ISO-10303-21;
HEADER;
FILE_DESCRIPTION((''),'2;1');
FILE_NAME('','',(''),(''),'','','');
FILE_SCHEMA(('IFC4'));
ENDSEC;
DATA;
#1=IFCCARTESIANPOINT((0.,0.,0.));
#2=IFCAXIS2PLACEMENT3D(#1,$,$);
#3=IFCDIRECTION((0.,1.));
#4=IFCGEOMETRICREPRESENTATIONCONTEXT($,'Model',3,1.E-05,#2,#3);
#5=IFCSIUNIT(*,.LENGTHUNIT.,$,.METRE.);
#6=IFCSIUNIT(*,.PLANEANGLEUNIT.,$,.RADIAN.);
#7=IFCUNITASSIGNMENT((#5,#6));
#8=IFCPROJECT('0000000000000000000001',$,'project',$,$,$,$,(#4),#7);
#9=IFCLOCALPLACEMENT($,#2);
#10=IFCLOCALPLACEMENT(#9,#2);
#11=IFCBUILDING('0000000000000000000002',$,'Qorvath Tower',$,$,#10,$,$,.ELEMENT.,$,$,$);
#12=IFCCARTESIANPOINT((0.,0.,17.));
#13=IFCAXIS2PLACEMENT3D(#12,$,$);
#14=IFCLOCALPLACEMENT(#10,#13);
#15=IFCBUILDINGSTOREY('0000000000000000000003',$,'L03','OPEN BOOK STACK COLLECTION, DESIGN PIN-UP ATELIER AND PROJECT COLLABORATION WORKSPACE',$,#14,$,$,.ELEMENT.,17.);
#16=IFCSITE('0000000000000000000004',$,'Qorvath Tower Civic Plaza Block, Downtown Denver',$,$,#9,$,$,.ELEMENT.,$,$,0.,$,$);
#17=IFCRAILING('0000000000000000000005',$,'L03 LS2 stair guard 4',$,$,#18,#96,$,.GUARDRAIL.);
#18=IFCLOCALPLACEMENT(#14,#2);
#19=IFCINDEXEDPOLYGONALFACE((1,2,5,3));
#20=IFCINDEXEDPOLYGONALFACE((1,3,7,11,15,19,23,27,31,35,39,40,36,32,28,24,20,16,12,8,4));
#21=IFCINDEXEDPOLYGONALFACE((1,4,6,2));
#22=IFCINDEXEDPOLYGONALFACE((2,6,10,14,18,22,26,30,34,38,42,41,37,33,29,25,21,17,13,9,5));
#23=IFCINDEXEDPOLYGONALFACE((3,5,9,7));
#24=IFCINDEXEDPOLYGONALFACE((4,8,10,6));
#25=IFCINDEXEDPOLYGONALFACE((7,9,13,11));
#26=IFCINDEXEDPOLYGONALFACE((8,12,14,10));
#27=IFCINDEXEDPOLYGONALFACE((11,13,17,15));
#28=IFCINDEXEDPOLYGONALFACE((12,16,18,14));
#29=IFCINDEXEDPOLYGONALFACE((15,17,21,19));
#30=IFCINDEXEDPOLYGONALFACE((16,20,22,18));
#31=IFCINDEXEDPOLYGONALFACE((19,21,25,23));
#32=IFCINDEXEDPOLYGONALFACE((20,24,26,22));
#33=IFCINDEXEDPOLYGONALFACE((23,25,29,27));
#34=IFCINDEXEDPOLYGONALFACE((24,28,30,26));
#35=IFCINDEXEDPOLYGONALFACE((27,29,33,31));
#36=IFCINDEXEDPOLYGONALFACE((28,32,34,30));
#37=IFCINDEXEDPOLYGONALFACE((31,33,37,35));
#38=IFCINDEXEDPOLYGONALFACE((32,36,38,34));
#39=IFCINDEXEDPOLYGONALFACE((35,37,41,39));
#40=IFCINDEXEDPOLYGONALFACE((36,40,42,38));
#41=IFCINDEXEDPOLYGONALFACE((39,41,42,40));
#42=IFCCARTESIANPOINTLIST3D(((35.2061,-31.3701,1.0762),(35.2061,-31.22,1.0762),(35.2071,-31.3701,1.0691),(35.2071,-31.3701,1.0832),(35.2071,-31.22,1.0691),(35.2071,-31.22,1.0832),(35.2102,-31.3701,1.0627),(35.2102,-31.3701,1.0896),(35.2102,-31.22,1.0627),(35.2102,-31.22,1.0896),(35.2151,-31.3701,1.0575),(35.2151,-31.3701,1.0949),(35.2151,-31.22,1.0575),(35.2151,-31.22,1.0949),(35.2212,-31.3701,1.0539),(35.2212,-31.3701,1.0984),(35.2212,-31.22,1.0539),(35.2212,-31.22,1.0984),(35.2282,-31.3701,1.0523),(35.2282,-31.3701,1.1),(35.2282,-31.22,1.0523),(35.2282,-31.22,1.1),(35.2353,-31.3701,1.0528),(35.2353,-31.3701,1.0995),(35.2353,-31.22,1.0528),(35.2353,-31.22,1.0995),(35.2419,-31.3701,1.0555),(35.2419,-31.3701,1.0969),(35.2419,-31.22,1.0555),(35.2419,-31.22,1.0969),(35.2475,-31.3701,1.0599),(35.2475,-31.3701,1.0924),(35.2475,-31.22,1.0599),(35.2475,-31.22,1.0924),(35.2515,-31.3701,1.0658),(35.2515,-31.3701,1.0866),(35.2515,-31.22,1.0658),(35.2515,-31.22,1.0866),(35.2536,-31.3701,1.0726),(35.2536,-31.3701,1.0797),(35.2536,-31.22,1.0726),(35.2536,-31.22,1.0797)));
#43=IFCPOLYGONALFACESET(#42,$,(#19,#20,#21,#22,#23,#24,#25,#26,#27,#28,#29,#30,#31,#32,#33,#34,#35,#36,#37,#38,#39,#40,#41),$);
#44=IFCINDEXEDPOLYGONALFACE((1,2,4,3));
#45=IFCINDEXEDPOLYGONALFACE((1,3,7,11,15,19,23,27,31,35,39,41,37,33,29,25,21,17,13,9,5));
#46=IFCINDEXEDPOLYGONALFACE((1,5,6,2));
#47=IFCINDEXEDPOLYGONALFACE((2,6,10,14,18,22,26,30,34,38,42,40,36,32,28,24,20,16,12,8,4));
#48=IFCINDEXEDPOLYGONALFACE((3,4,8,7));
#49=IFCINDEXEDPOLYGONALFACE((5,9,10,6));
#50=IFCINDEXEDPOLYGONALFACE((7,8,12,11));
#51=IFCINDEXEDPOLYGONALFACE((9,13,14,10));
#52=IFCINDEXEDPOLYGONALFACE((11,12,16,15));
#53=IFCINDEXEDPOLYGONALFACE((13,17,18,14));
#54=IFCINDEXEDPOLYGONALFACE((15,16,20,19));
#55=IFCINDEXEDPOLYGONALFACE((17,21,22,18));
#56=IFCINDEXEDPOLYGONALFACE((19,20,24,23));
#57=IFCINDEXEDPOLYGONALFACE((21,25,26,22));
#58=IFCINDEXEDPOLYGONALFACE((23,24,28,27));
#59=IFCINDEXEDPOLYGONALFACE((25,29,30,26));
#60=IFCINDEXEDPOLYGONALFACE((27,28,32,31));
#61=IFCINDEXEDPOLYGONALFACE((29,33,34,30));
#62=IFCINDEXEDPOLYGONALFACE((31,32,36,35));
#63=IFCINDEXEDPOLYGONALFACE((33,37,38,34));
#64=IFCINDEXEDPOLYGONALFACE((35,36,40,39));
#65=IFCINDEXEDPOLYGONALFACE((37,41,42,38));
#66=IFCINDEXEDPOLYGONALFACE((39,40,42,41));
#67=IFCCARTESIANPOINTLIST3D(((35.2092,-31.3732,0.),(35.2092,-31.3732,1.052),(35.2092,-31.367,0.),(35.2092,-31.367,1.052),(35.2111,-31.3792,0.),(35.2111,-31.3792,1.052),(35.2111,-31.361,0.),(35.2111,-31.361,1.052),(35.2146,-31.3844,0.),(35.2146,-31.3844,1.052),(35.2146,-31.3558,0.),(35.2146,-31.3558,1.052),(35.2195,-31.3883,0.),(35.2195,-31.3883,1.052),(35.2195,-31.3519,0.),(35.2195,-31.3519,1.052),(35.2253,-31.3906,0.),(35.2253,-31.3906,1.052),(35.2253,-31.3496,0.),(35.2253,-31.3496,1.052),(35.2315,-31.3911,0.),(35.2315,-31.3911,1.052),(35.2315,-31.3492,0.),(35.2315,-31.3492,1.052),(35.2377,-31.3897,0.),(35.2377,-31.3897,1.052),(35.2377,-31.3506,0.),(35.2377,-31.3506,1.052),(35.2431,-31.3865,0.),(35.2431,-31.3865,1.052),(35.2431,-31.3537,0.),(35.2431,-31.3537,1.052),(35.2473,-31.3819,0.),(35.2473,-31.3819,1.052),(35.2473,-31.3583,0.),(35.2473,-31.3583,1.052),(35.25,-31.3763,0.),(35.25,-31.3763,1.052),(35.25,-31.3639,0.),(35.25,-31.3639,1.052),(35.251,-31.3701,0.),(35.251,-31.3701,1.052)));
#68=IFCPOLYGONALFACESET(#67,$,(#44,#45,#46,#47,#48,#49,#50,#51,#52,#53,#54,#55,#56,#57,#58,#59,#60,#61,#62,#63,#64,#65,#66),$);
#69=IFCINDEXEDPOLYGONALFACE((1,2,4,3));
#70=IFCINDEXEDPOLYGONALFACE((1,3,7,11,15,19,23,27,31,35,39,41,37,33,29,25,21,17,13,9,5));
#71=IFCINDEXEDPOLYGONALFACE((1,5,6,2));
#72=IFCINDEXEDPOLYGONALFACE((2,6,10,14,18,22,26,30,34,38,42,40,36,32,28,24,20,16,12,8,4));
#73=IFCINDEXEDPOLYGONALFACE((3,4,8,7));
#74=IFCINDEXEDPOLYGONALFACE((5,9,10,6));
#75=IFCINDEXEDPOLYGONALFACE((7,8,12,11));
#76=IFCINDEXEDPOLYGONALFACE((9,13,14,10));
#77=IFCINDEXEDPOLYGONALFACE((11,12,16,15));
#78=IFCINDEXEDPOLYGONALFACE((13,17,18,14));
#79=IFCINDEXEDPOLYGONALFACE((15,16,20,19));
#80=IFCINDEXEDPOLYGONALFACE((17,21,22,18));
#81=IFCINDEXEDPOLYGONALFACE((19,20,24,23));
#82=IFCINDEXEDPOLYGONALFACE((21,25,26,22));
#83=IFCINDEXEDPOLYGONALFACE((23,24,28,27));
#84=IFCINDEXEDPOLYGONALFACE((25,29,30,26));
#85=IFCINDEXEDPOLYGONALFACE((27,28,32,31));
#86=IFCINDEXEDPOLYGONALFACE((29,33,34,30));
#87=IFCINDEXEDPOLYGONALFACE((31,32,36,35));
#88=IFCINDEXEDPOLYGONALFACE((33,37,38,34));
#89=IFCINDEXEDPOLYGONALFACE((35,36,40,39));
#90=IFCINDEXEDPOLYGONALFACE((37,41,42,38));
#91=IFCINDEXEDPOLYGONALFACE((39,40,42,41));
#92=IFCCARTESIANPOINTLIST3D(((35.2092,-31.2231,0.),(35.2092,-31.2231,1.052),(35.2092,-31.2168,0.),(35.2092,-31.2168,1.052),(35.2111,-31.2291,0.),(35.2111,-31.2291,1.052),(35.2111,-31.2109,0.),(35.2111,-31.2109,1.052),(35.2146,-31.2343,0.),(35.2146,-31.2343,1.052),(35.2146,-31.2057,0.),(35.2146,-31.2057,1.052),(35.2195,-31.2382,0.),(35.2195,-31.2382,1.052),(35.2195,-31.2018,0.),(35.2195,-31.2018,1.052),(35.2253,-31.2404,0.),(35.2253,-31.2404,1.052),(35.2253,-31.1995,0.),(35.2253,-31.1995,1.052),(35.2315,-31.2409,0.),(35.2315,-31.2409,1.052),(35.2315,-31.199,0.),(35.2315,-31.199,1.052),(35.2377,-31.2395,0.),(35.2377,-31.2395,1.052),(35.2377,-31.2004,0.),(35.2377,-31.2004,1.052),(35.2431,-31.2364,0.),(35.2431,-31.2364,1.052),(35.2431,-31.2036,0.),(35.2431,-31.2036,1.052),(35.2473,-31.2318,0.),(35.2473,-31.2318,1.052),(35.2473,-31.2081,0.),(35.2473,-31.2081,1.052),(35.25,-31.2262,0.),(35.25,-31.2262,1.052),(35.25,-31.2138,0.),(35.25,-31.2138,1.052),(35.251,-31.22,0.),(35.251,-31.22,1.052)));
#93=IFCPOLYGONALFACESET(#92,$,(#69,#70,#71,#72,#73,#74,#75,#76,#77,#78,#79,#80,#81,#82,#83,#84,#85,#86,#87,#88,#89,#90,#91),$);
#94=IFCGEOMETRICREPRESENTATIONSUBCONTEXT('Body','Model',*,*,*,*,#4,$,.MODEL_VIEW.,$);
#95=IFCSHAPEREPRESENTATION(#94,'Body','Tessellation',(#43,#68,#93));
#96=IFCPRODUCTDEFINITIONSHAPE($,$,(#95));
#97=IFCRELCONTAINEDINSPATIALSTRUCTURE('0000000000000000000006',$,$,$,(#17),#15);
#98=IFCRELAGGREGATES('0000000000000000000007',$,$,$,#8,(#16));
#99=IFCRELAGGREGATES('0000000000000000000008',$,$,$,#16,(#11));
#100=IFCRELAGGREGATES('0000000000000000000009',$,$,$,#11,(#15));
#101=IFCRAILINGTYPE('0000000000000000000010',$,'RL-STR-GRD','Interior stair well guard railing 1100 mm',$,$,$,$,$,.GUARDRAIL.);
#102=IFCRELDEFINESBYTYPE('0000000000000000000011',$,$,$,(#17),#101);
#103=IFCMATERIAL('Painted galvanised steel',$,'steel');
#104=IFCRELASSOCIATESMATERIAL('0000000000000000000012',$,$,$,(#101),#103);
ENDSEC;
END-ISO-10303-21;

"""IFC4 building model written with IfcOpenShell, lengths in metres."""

from ifc_helpers import new_model, si_unit, direction, frame, origin, origin_2d, place, context, subcontext, project, spatial, circle, extrude, material, type_object, element, save


model = new_model("IFC4")

# Units and contexts
model_context = context("Model", 3, precision=1e-05, world=origin(), true_north=direction((0.0, 1.0)))
body_context = subcontext(model_context, "Body", "Model", "MODEL_VIEW")
ifc_project = project(units=[si_unit("LENGTHUNIT", "METRE"), si_unit("PLANEANGLEUNIT", "RADIAN")], contexts=[model_context])

# Site, building, storey
site_placement = place(None, origin())
site = spatial("IfcSite", under=ifc_project, at=site_placement, Name="Qorvath Tower Civic Plaza Block, Downtown Denver", CompositionType="ELEMENT", RefElevation=0.0)
building_placement = place(site_placement, origin())
building = spatial("IfcBuilding", under=site, at=building_placement, Name="Qorvath Tower", CompositionType="ELEMENT")
storey_placement = place(building_placement, frame((0.0, 0.0, 17.0)))
storey = spatial("IfcBuildingStorey", under=building, at=storey_placement, Name="L03", Description="OPEN BOOK STACK COLLECTION, DESIGN PIN-UP ATELIER AND PROJECT COLLABORATION WORKSPACE", CompositionType="ELEMENT", Elevation=17.0)

# Railing
ifc_material_1 = material(Name="Painted galvanised steel", Category="steel")
railing_type_1 = type_object("IfcRailingType", Name="RL-STR-GRD", Description="Interior stair well guard railing 1100 mm", PredefinedType="GUARDRAIL", material=ifc_material_1)
railing_1_placement = place(storey_placement, frame((35.23, -31.3701, 0.0)))
element("IfcRailing", 1, at=railing_1_placement, inside=storey, type_object=railing_type_1, Name="L03 LS2 stair guard 4", PredefinedType="GUARDRAIL", context=body_context, shape_type="SweptSolid", body=[
    extrude(circle(Radius=0.0239, at=origin_2d()), frame((0.0, 0.0, 1.0762), z_axis=(0.0, 1.0, 0.0), x_axis=(-1.0, 0.0, 0.0)), (0.0, 0.0, 1.0), 0.1501),
    extrude(circle(Radius=0.021, at=origin_2d()), origin(), (0.0, 0.0, 1.0), 1.052),
    extrude(circle(Radius=0.021, at=origin_2d()), frame((0.0, 0.1501, 0.0)), (0.0, 0.0, 1.0), 1.052),
])

save(model, "model.ifc")
